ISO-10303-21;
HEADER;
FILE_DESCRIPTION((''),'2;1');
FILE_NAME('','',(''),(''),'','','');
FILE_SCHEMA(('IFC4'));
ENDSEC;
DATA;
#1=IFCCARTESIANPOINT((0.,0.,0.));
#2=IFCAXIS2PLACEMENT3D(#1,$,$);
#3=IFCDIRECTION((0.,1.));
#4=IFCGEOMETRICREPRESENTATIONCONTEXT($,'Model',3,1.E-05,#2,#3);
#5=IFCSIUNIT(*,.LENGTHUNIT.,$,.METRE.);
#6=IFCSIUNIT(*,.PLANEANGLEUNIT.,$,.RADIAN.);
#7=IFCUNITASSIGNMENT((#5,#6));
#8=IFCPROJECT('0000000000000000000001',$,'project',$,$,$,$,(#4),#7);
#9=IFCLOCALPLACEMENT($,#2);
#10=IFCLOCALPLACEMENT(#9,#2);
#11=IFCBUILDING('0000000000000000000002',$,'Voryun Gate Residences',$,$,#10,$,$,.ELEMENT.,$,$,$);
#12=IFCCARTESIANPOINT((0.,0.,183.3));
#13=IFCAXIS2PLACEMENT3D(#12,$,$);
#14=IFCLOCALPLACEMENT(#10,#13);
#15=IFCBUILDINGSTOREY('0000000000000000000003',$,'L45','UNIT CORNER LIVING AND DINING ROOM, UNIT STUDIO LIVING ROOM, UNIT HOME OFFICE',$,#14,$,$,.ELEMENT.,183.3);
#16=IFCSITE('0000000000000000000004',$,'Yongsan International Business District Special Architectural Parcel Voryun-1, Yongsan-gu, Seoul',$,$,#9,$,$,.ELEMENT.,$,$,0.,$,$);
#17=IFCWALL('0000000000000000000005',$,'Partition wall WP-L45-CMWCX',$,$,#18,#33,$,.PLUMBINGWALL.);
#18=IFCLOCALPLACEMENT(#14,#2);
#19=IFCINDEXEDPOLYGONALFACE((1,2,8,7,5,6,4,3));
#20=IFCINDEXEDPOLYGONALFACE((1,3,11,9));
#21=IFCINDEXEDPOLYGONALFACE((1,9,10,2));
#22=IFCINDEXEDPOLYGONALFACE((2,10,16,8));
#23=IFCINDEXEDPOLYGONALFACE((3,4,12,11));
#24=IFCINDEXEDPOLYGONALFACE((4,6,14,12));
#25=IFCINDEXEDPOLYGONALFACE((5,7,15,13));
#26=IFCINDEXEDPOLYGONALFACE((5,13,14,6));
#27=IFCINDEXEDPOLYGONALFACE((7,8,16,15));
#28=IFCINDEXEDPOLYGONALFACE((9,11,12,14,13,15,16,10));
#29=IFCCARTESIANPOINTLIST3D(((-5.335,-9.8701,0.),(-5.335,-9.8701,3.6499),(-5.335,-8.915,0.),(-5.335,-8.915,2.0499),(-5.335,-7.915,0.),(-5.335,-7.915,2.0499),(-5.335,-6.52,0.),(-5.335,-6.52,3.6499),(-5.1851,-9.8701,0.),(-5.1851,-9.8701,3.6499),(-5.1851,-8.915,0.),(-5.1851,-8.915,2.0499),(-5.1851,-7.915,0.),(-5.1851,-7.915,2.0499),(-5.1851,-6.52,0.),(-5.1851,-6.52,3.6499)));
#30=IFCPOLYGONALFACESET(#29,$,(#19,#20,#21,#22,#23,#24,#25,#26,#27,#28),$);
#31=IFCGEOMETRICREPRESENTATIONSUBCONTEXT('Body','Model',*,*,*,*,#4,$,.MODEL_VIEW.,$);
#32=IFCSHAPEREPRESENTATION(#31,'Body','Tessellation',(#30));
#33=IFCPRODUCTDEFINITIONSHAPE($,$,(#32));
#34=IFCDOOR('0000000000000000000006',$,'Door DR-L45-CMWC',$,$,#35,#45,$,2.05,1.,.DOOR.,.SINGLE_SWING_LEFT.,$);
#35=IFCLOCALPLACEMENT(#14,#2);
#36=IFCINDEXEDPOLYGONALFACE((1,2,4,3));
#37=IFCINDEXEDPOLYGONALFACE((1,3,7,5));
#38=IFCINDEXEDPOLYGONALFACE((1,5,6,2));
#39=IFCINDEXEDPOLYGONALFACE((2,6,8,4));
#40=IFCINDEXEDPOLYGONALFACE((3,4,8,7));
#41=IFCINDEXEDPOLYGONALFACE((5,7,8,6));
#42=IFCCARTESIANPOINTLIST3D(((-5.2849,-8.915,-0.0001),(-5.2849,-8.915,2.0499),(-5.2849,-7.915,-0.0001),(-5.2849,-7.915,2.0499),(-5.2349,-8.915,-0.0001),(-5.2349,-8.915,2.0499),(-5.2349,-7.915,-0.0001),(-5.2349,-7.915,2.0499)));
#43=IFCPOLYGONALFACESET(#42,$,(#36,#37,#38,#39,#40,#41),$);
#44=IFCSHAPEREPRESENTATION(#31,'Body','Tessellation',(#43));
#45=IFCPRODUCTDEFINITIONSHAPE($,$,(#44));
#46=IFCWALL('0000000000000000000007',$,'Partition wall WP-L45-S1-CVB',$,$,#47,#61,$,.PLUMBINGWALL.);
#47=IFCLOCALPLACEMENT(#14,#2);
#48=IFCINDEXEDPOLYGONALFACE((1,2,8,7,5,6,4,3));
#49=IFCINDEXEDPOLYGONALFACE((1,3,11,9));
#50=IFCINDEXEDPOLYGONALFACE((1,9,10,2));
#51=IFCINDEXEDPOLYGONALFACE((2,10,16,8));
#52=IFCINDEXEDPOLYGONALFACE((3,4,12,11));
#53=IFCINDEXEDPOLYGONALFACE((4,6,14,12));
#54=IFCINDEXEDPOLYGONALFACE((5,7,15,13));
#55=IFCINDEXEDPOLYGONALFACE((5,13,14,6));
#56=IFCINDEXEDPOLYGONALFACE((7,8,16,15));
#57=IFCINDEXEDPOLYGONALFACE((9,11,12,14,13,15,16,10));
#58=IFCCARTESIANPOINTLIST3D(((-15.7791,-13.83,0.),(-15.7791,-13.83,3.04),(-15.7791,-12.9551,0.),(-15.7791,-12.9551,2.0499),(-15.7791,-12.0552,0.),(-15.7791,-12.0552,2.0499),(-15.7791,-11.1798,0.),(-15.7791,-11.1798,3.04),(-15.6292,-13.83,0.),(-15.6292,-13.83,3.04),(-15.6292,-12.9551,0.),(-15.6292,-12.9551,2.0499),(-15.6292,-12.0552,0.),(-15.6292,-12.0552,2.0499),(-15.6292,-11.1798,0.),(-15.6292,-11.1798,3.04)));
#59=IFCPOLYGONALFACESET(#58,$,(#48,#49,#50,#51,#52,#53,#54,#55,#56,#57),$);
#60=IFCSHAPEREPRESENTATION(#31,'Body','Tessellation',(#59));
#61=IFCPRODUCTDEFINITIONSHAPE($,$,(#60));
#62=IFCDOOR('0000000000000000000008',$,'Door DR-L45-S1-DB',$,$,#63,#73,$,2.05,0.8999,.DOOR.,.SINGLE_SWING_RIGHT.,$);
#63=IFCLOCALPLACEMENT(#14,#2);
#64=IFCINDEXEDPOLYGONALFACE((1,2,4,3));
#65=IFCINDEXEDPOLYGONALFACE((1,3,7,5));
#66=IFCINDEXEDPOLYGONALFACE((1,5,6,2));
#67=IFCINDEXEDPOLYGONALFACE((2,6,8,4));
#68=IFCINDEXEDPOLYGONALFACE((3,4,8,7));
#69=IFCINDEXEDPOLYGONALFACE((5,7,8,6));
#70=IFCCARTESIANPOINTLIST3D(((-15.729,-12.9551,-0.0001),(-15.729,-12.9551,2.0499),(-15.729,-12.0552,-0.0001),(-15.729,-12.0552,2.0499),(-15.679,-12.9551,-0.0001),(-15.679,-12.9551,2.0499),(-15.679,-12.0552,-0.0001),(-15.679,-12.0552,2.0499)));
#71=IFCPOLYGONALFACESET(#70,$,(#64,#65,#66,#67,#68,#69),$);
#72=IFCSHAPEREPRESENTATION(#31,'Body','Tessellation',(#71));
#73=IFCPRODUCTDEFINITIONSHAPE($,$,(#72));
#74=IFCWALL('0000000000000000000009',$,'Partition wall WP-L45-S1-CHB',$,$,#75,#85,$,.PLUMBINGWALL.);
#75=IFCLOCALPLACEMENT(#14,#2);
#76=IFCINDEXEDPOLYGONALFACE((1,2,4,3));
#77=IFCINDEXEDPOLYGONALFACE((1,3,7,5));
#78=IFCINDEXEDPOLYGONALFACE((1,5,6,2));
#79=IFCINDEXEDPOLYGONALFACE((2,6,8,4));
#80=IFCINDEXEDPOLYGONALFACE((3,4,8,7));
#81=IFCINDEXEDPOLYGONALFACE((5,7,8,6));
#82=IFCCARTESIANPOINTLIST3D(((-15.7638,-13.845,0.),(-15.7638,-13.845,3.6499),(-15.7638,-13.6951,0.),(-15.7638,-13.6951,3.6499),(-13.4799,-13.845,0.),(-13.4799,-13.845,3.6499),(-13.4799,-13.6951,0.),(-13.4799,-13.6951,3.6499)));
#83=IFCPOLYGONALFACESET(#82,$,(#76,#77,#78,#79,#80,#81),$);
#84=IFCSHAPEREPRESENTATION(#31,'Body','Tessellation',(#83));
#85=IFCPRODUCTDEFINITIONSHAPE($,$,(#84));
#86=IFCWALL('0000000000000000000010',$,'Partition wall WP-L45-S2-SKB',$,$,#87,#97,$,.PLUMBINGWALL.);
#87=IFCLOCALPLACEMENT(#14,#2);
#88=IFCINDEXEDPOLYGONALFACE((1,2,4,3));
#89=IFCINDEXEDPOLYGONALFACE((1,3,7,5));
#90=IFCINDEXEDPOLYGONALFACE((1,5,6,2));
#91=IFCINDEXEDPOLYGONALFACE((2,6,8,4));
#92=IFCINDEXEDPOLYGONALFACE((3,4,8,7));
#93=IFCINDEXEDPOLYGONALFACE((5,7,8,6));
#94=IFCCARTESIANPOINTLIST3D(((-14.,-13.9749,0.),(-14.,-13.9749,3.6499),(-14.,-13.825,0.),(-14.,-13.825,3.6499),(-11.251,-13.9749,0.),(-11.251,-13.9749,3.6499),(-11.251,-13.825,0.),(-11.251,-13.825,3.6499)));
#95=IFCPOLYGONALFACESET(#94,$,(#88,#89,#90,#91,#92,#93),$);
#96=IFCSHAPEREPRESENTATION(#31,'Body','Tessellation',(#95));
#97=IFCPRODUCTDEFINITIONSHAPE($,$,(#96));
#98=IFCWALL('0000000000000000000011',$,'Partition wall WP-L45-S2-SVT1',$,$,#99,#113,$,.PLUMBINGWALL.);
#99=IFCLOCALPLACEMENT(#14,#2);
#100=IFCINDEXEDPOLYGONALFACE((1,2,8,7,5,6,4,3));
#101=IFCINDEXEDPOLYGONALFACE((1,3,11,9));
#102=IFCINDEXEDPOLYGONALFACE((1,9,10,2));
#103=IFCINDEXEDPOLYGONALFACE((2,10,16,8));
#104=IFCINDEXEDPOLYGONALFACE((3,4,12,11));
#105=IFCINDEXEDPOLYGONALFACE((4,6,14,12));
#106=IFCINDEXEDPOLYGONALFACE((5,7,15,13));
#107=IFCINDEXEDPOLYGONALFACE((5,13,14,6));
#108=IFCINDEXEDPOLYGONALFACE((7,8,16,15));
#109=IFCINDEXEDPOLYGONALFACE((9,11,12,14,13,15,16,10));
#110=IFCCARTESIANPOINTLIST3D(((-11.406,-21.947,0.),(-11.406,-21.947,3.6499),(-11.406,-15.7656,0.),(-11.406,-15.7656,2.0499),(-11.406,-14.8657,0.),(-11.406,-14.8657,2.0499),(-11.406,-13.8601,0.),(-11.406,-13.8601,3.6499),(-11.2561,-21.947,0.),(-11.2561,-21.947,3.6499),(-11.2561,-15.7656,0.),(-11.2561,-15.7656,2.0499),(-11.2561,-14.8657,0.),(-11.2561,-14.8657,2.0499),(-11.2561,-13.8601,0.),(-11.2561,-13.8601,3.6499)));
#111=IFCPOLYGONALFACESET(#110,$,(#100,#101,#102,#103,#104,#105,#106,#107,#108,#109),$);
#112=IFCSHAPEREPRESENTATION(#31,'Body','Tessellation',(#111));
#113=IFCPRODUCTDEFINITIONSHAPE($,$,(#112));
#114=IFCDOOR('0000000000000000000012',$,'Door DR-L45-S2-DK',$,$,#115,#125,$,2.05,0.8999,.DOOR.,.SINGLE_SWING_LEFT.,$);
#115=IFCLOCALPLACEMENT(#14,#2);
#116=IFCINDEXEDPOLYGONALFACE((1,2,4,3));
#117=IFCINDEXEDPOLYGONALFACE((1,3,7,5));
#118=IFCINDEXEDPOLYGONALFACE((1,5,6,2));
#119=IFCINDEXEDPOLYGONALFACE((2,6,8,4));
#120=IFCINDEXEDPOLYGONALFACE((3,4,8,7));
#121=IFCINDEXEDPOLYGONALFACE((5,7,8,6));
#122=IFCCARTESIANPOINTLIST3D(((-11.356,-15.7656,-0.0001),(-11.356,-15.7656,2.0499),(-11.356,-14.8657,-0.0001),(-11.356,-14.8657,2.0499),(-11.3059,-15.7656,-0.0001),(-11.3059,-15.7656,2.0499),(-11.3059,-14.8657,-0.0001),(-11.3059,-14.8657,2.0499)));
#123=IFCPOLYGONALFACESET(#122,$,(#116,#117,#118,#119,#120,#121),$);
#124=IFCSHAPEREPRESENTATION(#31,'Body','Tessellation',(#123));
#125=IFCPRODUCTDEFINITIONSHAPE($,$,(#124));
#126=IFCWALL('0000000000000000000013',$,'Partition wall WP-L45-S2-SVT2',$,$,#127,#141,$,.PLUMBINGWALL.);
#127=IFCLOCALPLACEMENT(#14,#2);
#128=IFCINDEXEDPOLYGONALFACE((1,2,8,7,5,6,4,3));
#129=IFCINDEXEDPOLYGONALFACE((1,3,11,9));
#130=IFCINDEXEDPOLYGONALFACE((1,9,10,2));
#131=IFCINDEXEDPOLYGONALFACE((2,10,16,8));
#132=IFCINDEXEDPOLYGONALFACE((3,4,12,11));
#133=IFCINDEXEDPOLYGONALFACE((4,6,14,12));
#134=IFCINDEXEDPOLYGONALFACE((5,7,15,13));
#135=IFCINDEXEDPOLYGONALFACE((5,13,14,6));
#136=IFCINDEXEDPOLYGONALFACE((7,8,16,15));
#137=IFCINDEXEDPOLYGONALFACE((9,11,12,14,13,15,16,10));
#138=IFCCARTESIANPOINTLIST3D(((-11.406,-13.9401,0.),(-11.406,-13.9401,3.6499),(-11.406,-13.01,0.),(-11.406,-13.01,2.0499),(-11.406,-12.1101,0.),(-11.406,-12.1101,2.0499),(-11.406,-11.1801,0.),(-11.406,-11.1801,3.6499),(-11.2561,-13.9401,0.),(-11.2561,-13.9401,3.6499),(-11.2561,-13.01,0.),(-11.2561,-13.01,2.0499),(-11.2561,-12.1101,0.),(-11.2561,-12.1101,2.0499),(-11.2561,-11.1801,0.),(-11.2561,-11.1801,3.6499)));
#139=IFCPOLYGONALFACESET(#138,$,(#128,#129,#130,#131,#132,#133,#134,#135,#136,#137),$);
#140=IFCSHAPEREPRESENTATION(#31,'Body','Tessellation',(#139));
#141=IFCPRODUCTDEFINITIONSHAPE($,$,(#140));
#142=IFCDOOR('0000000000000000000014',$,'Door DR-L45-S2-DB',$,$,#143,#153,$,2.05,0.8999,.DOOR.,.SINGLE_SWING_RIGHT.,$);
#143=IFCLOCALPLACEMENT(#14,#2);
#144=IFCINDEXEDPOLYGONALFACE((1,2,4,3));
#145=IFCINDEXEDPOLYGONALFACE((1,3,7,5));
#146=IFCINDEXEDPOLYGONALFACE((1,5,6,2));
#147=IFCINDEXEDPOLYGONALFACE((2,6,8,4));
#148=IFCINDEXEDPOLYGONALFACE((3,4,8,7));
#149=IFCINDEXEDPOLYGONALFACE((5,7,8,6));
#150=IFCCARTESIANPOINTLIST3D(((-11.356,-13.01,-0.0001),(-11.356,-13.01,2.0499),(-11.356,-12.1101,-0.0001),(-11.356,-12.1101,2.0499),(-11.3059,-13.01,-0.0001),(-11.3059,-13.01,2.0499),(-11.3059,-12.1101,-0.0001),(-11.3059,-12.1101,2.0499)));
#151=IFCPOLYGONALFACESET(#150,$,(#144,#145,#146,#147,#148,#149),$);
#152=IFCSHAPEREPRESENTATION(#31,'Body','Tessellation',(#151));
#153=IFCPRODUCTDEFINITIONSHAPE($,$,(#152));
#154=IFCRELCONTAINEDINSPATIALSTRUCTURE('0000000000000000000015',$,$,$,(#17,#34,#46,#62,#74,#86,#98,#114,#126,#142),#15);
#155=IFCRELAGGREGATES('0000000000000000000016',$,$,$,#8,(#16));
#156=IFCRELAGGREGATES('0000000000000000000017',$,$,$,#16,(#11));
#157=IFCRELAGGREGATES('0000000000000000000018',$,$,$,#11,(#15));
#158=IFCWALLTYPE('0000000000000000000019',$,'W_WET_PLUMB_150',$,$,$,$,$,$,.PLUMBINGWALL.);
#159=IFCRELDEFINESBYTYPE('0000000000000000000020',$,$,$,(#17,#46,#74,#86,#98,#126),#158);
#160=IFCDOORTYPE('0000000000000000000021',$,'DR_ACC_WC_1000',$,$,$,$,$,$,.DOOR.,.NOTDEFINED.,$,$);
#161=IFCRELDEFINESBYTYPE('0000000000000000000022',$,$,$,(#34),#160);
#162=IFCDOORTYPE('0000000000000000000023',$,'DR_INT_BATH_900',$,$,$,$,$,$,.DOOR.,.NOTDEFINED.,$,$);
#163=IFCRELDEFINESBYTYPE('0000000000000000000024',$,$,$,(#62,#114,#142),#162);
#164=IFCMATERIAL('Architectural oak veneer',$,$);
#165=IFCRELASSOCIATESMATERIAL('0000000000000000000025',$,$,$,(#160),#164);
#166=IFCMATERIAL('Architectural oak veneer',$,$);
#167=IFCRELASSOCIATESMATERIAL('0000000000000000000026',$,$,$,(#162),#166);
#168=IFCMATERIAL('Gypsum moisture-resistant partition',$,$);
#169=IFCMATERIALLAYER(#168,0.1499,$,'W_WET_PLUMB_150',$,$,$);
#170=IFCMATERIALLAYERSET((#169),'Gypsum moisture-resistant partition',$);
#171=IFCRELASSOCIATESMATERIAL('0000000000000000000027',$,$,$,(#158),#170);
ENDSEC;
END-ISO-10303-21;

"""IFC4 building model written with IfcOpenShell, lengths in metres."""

from ifc_helpers import new_model, si_unit, direction, frame, frame_2d, origin, place, context, subcontext, project, spatial, rectangle, extrude, material, layer, layer_set, type_object, element, fill, save


model = new_model("IFC4")

# Units and contexts
model_context = context("Model", 3, precision=1e-05, world=origin(), true_north=direction((0.0, 1.0)))
body_context = subcontext(model_context, "Body", "Model", "MODEL_VIEW")
ifc_project = project(units=[si_unit("LENGTHUNIT", "METRE"), si_unit("PLANEANGLEUNIT", "RADIAN")], contexts=[model_context])

# Site, building, storey
site_placement = place(None, origin())
site = spatial("IfcSite", under=ifc_project, at=site_placement, Name="Yongsan International Business District Special Architectural Parcel Voryun-1, Yongsan-gu, Seoul", CompositionType="ELEMENT", RefElevation=0.0)
building_placement = place(site_placement, origin())
building = spatial("IfcBuilding", under=site, at=building_placement, Name="Voryun Gate Residences", CompositionType="ELEMENT")
storey_placement = place(building_placement, frame((0.0, 0.0, 183.3)))
storey = spatial("IfcBuildingStorey", under=building, at=storey_placement, Name="L45", Description="UNIT CORNER LIVING AND DINING ROOM, UNIT STUDIO LIVING ROOM, UNIT HOME OFFICE", CompositionType="ELEMENT", Elevation=183.3)

# Shared definitions
ifc_material_1 = material(Name="Architectural oak veneer")
door_type_1 = type_object("IfcDoorType", Name="DR_ACC_WC_1000", OperationType="NOTDEFINED", PredefinedType="DOOR", material=ifc_material_1)
ifc_material_2 = material(Name="Architectural oak veneer")
door_type_2 = type_object("IfcDoorType", Name="DR_INT_BATH_900", OperationType="NOTDEFINED", PredefinedType="DOOR", material=ifc_material_2)

# Walls, openings, doors
ifc_material_3 = material(Name="Gypsum moisture-resistant partition")
ifc_layer_1 = layer(ifc_material_3, 0.1499, Name="W_WET_PLUMB_150")
ifc_layer_set_1 = layer_set([ifc_layer_1], Name="Gypsum moisture-resistant partition")
wall_type_1 = type_object("IfcWallType", Name="W_WET_PLUMB_150", PredefinedType="PLUMBINGWALL", material=ifc_layer_set_1)
wall_1_placement = place(storey_placement, frame((-5.26, -9.8701, 0.0), z_axis=(0.0, 0.0, 1.0), x_axis=(0.0, 1.0, 0.0)))
wall_1 = element("IfcWall", 1, at=wall_1_placement, inside=storey, type_object=wall_type_1, Name="Partition wall WP-L45-CMWCX", PredefinedType="PLUMBINGWALL", context=body_context, shape_type="SweptSolid", body=[
    extrude(rectangle(XDim=3.3501, YDim=0.1499, at=frame_2d((1.675, 0.0))), origin(), (0.0, 0.0, 1.0), 3.6499),
])
opening_1_placement = place(wall_1_placement, frame((0.9551, 0.0, 0.0)))
opening_1 = element("IfcOpeningElement", 2, at=opening_1_placement, cuts=wall_1, PredefinedType="OPENING", context=body_context, shape_type="SweptSolid", body=[
    extrude(rectangle(XDim=1.0, YDim=2.05, at=frame_2d((0.5, 1.0249))), frame((0.0, 0.085, 0.0), z_axis=(0.0, -1.0, 0.0), x_axis=(1.0, 0.0, 0.0)), (0.0, 0.0, 1.0), 0.1699),
])
door_1_placement = place(opening_1_placement, origin())
door_1 = element("IfcDoor", 3, at=door_1_placement, inside=storey, type_object=door_type_1, Name="Door DR-L45-CMWC", OperationType="SINGLE_SWING_LEFT", OverallHeight=2.05, OverallWidth=1.0, PredefinedType="DOOR", context=body_context, shape_type="SweptSolid", body=[
    extrude(rectangle(XDim=1.0, YDim=2.05, at=frame_2d((0.5, 1.0249))), frame((0.0, 0.0249, 0.0), z_axis=(0.0, -1.0, 0.0), x_axis=(1.0, 0.0, 0.0)), (0.0, 0.0, 1.0), 0.05),
])
fill(opening_1, door_1)
wall_2_placement = place(storey_placement, frame((-15.7041, -13.8301, 0.0), z_axis=(0.0, 0.0, 1.0), x_axis=(0.0, 1.0, 0.0)))
wall_2 = element("IfcWall", 4, at=wall_2_placement, inside=storey, type_object=wall_type_1, Name="Partition wall WP-L45-S1-CVB", PredefinedType="PLUMBINGWALL", context=body_context, shape_type="SweptSolid", body=[
    extrude(rectangle(XDim=2.6501, YDim=0.1499, at=frame_2d((1.3252, 0.0))), origin(), (0.0, 0.0, 1.0), 3.04),
])
opening_2_placement = place(wall_2_placement, frame((0.875, 0.0, 0.0)))
opening_2 = element("IfcOpeningElement", 5, at=opening_2_placement, cuts=wall_2, PredefinedType="OPENING", context=body_context, shape_type="SweptSolid", body=[
    extrude(rectangle(XDim=0.8999, YDim=2.05, at=frame_2d((0.45, 1.0249))), frame((0.0, 0.085, 0.0), z_axis=(0.0, -1.0, 0.0), x_axis=(1.0, 0.0, 0.0)), (0.0, 0.0, 1.0), 0.1699),
])
door_2_placement = place(opening_2_placement, origin())
door_2 = element("IfcDoor", 6, at=door_2_placement, inside=storey, type_object=door_type_2, Name="Door DR-L45-S1-DB", OperationType="SINGLE_SWING_RIGHT", OverallHeight=2.05, OverallWidth=0.8999, PredefinedType="DOOR", context=body_context, shape_type="SweptSolid", body=[
    extrude(rectangle(XDim=0.8999, YDim=2.05, at=frame_2d((0.45, 1.0249))), frame((0.0, 0.0249, 0.0), z_axis=(0.0, -1.0, 0.0), x_axis=(1.0, 0.0, 0.0)), (0.0, 0.0, 1.0), 0.05),
])
fill(opening_2, door_2)

# Walls
wall_3_placement = place(storey_placement, frame((-15.7639, -13.77, 0.0), z_axis=(0.0, 0.0, 1.0), x_axis=(1.0, 0.0, 0.0)))
element("IfcWall", 7, at=wall_3_placement, inside=storey, type_object=wall_type_1, Name="Partition wall WP-L45-S1-CHB", PredefinedType="PLUMBINGWALL", context=body_context, shape_type="SweptSolid", body=[
    extrude(rectangle(XDim=2.2839, YDim=0.1499, at=frame_2d((1.1421, 0.0))), origin(), (0.0, 0.0, 1.0), 3.6499),
])
wall_4_placement = place(storey_placement, frame((-14.0, -13.8999, 0.0), z_axis=(0.0, 0.0, 1.0), x_axis=(1.0, 0.0, 0.0)))
element("IfcWall", 8, at=wall_4_placement, inside=storey, type_object=wall_type_1, Name="Partition wall WP-L45-S2-SKB", PredefinedType="PLUMBINGWALL", context=body_context, shape_type="SweptSolid", body=[
    extrude(rectangle(XDim=2.749, YDim=0.1499, at=frame_2d((1.3745, 0.0))), origin(), (0.0, 0.0, 1.0), 3.6499),
])

# Walls, openings, doors
wall_5_placement = place(storey_placement, frame((-11.3311, -21.947, 0.0), z_axis=(0.0, 0.0, 1.0), x_axis=(0.0, 1.0, 0.0)))
wall_5 = element("IfcWall", 9, at=wall_5_placement, inside=storey, type_object=wall_type_1, Name="Partition wall WP-L45-S2-SVT1", PredefinedType="PLUMBINGWALL", context=body_context, shape_type="SweptSolid", body=[
    extrude(rectangle(XDim=8.0869, YDim=0.1499, at=frame_2d((4.0435, 0.0))), origin(), (0.0, 0.0, 1.0), 3.6499),
])
opening_3_placement = place(wall_5_placement, frame((6.1814, 0.0, 0.0)))
opening_3 = element("IfcOpeningElement", 10, at=opening_3_placement, cuts=wall_5, PredefinedType="OPENING", context=body_context, shape_type="SweptSolid", body=[
    extrude(rectangle(XDim=0.8999, YDim=2.05, at=frame_2d((0.45, 1.0249))), frame((0.0, 0.085, 0.0), z_axis=(0.0, -1.0, 0.0), x_axis=(1.0, 0.0, 0.0)), (0.0, 0.0, 1.0), 0.1699),
])
door_3_placement = place(opening_3_placement, origin())
door_3 = element("IfcDoor", 11, at=door_3_placement, inside=storey, type_object=door_type_2, Name="Door DR-L45-S2-DK", OperationType="SINGLE_SWING_LEFT", OverallHeight=2.05, OverallWidth=0.8999, PredefinedType="DOOR", context=body_context, shape_type="SweptSolid", body=[
    extrude(rectangle(XDim=0.8999, YDim=2.05, at=frame_2d((0.45, 1.0249))), frame((0.0, 0.0249, 0.0), z_axis=(0.0, -1.0, 0.0), x_axis=(1.0, 0.0, 0.0)), (0.0, 0.0, 1.0), 0.05),
])
fill(opening_3, door_3)
wall_6_placement = place(storey_placement, frame((-11.3311, -13.9399, 0.0), z_axis=(0.0, 0.0, 1.0), x_axis=(0.0, 1.0, 0.0)))
wall_6 = element("IfcWall", 12, at=wall_6_placement, inside=storey, type_object=wall_type_1, Name="Partition wall WP-L45-S2-SVT2", PredefinedType="PLUMBINGWALL", context=body_context, shape_type="SweptSolid", body=[
    extrude(rectangle(XDim=2.76, YDim=0.1499, at=frame_2d((1.3799, 0.0))), origin(), (0.0, 0.0, 1.0), 3.6499),
])
opening_4_placement = place(wall_6_placement, frame((0.9299, 0.0, 0.0)))
opening_4 = element("IfcOpeningElement", 13, at=opening_4_placement, cuts=wall_6, PredefinedType="OPENING", context=body_context, shape_type="SweptSolid", body=[
    extrude(rectangle(XDim=0.8999, YDim=2.05, at=frame_2d((0.45, 1.0249))), frame((0.0, 0.085, 0.0), z_axis=(0.0, -1.0, 0.0), x_axis=(1.0, 0.0, 0.0)), (0.0, 0.0, 1.0), 0.1699),
])
door_4_placement = place(opening_4_placement, origin())
door_4 = element("IfcDoor", 14, at=door_4_placement, inside=storey, type_object=door_type_2, Name="Door DR-L45-S2-DB", OperationType="SINGLE_SWING_RIGHT", OverallHeight=2.05, OverallWidth=0.8999, PredefinedType="DOOR", context=body_context, shape_type="SweptSolid", body=[
    extrude(rectangle(XDim=0.8999, YDim=2.05, at=frame_2d((0.45, 1.0249))), frame((0.0, 0.0249, 0.0), z_axis=(0.0, -1.0, 0.0), x_axis=(1.0, 0.0, 0.0)), (0.0, 0.0, 1.0), 0.05),
])
fill(opening_4, door_4)

save(model, "model.ifc")
